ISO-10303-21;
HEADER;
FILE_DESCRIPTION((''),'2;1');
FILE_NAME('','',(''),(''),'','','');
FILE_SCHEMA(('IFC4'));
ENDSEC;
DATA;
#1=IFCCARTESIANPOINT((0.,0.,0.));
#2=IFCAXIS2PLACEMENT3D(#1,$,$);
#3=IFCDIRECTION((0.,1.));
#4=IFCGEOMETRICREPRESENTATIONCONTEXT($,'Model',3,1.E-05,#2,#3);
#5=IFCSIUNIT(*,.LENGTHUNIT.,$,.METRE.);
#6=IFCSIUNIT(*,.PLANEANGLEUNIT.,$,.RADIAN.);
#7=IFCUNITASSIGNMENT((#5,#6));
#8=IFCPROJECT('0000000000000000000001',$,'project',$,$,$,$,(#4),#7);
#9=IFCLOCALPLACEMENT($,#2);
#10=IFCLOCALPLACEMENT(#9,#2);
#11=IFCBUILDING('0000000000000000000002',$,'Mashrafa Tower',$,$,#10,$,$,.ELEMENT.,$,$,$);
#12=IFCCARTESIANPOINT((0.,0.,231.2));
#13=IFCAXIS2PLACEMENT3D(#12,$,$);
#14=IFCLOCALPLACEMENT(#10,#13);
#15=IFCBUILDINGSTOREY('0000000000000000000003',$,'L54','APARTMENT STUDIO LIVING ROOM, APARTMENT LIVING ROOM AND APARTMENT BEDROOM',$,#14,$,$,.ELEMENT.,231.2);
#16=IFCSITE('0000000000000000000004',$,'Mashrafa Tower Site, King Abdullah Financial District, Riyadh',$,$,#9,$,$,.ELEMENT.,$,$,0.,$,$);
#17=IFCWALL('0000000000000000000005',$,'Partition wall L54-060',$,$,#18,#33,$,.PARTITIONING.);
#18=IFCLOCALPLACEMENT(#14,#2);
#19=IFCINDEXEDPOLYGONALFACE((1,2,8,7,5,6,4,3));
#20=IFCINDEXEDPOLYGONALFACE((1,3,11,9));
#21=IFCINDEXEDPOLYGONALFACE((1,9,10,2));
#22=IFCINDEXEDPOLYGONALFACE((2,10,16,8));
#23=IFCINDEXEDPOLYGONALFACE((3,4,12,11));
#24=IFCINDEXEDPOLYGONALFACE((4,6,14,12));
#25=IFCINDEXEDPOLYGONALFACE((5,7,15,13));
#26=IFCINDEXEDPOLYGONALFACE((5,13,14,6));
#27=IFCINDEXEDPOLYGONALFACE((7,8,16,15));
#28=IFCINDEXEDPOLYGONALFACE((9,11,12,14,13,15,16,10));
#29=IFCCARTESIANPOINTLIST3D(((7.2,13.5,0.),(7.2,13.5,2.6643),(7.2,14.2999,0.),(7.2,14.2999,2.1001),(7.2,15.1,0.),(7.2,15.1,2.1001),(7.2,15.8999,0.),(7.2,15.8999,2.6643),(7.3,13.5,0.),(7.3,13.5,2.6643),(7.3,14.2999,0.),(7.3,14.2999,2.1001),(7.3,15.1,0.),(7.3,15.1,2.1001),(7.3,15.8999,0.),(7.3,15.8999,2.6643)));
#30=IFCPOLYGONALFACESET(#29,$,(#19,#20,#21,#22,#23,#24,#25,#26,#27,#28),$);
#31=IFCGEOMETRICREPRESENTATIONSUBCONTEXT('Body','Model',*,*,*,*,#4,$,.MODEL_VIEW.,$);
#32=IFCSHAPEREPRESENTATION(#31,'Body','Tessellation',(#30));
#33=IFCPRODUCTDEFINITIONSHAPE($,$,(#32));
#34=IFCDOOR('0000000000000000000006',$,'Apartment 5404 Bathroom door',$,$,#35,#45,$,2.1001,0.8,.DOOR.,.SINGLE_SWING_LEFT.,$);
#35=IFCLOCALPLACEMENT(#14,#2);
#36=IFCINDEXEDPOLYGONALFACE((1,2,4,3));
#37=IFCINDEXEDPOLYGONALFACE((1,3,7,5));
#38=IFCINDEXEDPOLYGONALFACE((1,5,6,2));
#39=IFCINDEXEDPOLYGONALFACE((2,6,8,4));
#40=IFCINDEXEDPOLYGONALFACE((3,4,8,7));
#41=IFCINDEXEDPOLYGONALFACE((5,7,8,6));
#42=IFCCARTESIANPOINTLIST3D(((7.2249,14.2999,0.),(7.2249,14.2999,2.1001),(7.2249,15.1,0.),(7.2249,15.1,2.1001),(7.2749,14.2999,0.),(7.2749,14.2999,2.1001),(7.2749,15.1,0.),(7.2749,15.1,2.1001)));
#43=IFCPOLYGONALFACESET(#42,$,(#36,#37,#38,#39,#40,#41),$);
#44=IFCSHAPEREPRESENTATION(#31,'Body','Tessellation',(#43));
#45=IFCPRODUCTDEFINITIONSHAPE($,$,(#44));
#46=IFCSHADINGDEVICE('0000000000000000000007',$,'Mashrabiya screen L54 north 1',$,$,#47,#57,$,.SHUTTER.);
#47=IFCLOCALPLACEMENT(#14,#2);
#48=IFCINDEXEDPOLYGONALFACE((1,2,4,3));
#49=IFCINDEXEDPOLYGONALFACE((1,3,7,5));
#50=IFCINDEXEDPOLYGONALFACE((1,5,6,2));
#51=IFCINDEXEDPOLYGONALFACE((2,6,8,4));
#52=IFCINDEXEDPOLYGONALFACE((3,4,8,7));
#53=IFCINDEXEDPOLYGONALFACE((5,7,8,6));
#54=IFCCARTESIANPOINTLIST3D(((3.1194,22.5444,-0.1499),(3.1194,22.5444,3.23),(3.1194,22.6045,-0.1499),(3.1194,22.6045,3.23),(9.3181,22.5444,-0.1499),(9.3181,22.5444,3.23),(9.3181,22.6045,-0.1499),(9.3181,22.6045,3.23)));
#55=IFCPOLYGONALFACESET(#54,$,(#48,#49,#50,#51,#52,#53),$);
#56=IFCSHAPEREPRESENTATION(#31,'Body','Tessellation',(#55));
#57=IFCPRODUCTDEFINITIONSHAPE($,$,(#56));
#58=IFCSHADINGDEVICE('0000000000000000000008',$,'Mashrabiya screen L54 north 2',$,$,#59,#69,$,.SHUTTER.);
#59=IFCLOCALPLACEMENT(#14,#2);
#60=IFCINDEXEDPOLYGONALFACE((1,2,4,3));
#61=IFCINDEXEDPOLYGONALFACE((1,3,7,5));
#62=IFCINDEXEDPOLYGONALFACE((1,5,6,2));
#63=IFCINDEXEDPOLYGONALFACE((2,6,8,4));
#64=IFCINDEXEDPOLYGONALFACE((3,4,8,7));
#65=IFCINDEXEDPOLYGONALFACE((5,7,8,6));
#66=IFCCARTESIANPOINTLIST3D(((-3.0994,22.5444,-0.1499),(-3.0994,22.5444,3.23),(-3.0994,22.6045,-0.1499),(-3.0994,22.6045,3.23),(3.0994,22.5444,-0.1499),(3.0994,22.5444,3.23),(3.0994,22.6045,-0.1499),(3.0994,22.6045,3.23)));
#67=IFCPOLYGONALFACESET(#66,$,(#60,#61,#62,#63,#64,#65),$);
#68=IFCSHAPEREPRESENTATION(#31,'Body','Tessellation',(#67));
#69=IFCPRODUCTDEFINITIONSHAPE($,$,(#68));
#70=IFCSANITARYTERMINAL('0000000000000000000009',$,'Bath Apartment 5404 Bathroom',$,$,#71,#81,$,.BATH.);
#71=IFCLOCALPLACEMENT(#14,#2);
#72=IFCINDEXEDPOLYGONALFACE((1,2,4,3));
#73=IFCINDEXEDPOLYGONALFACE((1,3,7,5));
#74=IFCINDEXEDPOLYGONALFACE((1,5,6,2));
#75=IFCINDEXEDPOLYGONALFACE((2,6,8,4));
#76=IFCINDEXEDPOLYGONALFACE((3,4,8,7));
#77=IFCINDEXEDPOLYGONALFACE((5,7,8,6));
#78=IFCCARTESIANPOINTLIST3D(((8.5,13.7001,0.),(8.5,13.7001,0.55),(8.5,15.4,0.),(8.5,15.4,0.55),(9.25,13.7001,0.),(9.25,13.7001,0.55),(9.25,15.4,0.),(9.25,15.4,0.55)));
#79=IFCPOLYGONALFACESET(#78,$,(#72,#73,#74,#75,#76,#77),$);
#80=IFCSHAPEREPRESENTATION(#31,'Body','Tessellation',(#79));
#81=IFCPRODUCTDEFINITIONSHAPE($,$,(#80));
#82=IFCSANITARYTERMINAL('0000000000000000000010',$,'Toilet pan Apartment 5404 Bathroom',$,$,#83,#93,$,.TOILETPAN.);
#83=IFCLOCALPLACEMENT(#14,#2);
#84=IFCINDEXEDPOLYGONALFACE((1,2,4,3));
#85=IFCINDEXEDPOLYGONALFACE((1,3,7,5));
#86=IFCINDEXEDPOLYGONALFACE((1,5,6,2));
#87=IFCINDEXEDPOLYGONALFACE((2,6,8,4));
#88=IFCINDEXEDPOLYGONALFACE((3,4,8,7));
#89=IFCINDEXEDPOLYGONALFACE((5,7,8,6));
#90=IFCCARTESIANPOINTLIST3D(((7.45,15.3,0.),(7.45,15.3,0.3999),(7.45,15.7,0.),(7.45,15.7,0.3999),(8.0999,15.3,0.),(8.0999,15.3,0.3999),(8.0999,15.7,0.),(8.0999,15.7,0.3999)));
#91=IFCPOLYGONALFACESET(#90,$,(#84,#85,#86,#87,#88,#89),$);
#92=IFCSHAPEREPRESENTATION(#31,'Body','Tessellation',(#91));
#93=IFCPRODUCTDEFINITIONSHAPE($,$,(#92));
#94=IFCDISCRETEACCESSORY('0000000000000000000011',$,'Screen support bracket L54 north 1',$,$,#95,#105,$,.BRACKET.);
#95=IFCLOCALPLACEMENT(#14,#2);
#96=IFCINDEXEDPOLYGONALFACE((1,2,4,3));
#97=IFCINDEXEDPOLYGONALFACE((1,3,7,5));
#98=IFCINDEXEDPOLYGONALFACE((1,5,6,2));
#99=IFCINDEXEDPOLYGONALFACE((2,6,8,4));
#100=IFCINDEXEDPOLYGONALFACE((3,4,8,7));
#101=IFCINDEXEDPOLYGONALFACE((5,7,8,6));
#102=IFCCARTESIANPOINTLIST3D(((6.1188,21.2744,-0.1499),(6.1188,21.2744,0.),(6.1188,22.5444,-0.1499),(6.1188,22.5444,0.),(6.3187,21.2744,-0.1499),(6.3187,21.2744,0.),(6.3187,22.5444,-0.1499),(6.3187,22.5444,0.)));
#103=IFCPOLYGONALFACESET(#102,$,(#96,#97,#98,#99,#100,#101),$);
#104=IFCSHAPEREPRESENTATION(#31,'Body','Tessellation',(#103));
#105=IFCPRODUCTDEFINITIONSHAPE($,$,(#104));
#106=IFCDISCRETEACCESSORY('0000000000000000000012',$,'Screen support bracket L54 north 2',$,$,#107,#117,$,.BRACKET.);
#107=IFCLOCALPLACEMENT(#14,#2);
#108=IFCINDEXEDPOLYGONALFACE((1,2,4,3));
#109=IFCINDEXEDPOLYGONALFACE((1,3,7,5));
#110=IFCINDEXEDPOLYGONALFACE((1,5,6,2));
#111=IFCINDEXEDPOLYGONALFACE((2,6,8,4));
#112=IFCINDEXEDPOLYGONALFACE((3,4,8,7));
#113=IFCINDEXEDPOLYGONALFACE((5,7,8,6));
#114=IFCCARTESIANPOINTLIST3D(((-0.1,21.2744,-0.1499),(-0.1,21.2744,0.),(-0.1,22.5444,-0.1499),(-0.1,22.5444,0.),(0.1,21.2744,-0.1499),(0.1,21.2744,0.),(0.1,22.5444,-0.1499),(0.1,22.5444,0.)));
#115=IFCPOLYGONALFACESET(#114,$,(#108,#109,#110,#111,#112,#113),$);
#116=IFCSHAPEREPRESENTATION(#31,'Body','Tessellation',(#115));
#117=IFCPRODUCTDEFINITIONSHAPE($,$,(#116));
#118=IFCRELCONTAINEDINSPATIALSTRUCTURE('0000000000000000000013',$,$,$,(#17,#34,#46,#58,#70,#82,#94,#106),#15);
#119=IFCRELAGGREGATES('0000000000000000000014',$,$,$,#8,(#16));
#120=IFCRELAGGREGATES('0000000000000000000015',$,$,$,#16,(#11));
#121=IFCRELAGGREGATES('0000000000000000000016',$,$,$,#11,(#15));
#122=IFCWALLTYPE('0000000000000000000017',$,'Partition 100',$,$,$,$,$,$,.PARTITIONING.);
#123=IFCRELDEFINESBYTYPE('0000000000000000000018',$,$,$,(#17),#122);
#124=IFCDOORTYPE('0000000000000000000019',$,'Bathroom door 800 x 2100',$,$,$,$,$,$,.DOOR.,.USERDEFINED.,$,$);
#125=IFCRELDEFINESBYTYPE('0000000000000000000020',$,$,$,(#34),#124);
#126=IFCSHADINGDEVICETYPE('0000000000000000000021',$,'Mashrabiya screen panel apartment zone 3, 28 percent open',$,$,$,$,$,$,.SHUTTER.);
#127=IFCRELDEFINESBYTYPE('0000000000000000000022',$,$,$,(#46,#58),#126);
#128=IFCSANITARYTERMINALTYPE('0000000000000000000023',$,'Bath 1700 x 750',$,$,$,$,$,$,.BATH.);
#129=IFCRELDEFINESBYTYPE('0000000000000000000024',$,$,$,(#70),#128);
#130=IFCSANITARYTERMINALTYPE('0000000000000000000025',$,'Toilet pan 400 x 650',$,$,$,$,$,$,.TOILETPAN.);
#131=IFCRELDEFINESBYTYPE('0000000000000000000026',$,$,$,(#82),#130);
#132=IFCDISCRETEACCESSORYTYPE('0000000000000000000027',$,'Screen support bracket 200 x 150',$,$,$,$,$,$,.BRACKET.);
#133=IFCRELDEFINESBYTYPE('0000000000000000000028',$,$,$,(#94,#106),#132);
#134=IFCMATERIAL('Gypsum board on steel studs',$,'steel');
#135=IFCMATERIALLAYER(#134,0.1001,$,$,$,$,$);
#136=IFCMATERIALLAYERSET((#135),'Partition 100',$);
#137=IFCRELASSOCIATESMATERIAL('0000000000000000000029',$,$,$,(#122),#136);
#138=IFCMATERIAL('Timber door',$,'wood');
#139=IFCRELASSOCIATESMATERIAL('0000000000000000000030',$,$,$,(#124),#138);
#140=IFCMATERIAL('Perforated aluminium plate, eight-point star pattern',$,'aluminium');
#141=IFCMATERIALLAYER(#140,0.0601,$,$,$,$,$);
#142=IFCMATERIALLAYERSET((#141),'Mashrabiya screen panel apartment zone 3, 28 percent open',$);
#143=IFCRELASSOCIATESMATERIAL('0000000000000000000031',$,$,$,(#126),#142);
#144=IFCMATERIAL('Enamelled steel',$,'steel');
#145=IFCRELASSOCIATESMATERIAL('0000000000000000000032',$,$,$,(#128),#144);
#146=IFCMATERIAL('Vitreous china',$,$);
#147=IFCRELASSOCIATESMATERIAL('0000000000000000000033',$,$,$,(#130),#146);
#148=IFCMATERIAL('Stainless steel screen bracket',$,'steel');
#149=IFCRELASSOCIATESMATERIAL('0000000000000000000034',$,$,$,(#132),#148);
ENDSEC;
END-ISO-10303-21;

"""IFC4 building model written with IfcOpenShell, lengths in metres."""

from ifc_helpers import new_model, si_unit, direction, frame, frame_2d, origin, origin_2d, place, context, subcontext, project, spatial, rectangle, extrude, source, transform, mapped, material, layer, layer_set, type_object, type_shapes, element, fill, save


model = new_model("IFC4")

# Units and contexts
model_context = context("Model", 3, precision=1e-05, world=origin(), true_north=direction((0.0, 1.0)))
body_context = subcontext(model_context, "Body", "Model", "MODEL_VIEW")
ifc_project = project(units=[si_unit("LENGTHUNIT", "METRE"), si_unit("PLANEANGLEUNIT", "RADIAN")], contexts=[model_context])

# Site, building, storey
site_placement = place(None, origin())
site = spatial("IfcSite", under=ifc_project, at=site_placement, Name="Mashrafa Tower Site, King Abdullah Financial District, Riyadh", CompositionType="ELEMENT", RefElevation=0.0)
building_placement = place(site_placement, origin())
building = spatial("IfcBuilding", under=site, at=building_placement, Name="Mashrafa Tower", CompositionType="ELEMENT")
storey_placement = place(building_placement, frame((0.0, 0.0, 231.2)))
storey = spatial("IfcBuildingStorey", under=building, at=storey_placement, Name="L54", Description="APARTMENT STUDIO LIVING ROOM, APARTMENT LIVING ROOM AND APARTMENT BEDROOM", CompositionType="ELEMENT", Elevation=231.2)

# Shared definitions
ifc_material_1 = material(Name="Gypsum board on steel studs", Category="steel")
ifc_layer_1 = layer(ifc_material_1, 0.1001)
ifc_layer_set_1 = layer_set([ifc_layer_1], Name="Partition 100")
wall_type_1 = type_object("IfcWallType", Name="Partition 100", PredefinedType="PARTITIONING", material=ifc_layer_set_1)

# Wall, opening, door
wall_1_placement = place(storey_placement, frame((7.25, 15.8999, 0.0), z_axis=(0.0, 0.0, 1.0), x_axis=(0.0, -1.0, 0.0)))
wall_1 = element("IfcWall", 1, at=wall_1_placement, inside=storey, type_object=wall_type_1, Name="Partition wall L54-060", PredefinedType="PARTITIONING", context=body_context, shape_type="SweptSolid", body=[
    extrude(rectangle(XDim=2.3999, YDim=0.1001, at=frame_2d((1.2, 0.0))), origin(), (0.0, 0.0, 1.0), 2.6643),
])
opening_1_placement = place(wall_1_placement, frame((0.8, 0.0, 0.0)))
opening_1 = element("IfcOpeningElement", 2, at=opening_1_placement, cuts=wall_1, PredefinedType="OPENING", context=body_context, shape_type="SweptSolid", body=[
    extrude(rectangle(XDim=0.8, YDim=2.1001, at=frame_2d((0.3999, 1.05))), frame((0.0, 0.0601, 0.0), z_axis=(0.0, -1.0, 0.0), x_axis=(1.0, 0.0, 0.0)), (0.0, 0.0, 1.0), 0.1201),
])
ifc_material_2 = material(Name="Timber door", Category="wood")
door_type_1 = type_object("IfcDoorType", Name="Bathroom door 800 x 2100", OperationType="USERDEFINED", PredefinedType="DOOR", material=ifc_material_2)
door_1_placement = place(opening_1_placement, origin())
door_1 = element("IfcDoor", 3, at=door_1_placement, inside=storey, type_object=door_type_1, Name="Apartment 5404 Bathroom door", OperationType="SINGLE_SWING_LEFT", OverallHeight=2.1001, OverallWidth=0.8, PredefinedType="DOOR", context=body_context, shape_type="SweptSolid", body=[
    extrude(rectangle(XDim=0.8, YDim=2.1001, at=frame_2d((0.3999, 1.05))), frame((0.0, 0.0249, 0.0), z_axis=(0.0, -1.0, 0.0), x_axis=(1.0, 0.0, 0.0)), (0.0, 0.0, 1.0), 0.05),
])
fill(opening_1, door_1)

# Shading devices
ifc_material_3 = material(Name="Perforated aluminium plate, eight-point star pattern", Category="aluminium")
ifc_layer_2 = layer(ifc_material_3, 0.0601)
ifc_layer_set_2 = layer_set([ifc_layer_2], Name="Mashrabiya screen panel apartment zone 3, 28 percent open")
shading_device_type = type_object("IfcShadingDeviceType", Name="Mashrabiya screen panel apartment zone 3, 28 percent open", PredefinedType="SHUTTER", material=ifc_layer_set_2)
shared_shape_1 = source(origin(), body_context, "Body", "SweptSolid", [
    extrude(rectangle(XDim=6.1987, YDim=0.0601, at=origin_2d()), origin(), (0.0, 0.0, 1.0), 3.3799),
])
type_shapes(shading_device_type, [shared_shape_1])
for number, where, z_axis, x_axis, name in (
    (4, (6.2188, 22.5745, -0.1499), (0.0, 0.0, 1.0), (-1.0, 0.0, 0.0), "Mashrabiya screen L54 north 1"),
    (5, (0.0, 22.5745, -0.1499), (0.0, 0.0, 1.0), (-1.0, 0.0, 0.0), "Mashrabiya screen L54 north 2"),
):
    element("IfcShadingDevice", number, at=place(storey_placement, frame(where, z_axis=z_axis, x_axis=x_axis)), inside=storey, type_object=shading_device_type, Name=name, PredefinedType="SHUTTER", context=body_context, shape_type="MappedRepresentation", body=[
        mapped(shared_shape_1, transform((0.0, 0.0, 0.0))),
    ])

# Sanitary terminals
ifc_material_4 = material(Name="Enamelled steel", Category="steel")
sanitary_terminal_type_1 = type_object("IfcSanitaryTerminalType", Name="Bath 1700 x 750", PredefinedType="BATH", material=ifc_material_4)
sanitary_terminal_1_placement = place(storey_placement, frame((8.875, 14.55, 0.0), z_axis=(0.0, 0.0, 1.0), x_axis=(0.0, 1.0, 0.0)))
element("IfcSanitaryTerminal", 6, at=sanitary_terminal_1_placement, inside=storey, type_object=sanitary_terminal_type_1, Name="Bath Apartment 5404 Bathroom", PredefinedType="BATH", context=body_context, shape_type="SweptSolid", body=[
    extrude(rectangle(XDim=1.7, YDim=0.75, at=origin_2d()), origin(), (0.0, 0.0, 1.0), 0.55),
])
ifc_material_5 = material(Name="Vitreous china")
sanitary_terminal_type_2 = type_object("IfcSanitaryTerminalType", Name="Toilet pan 400 x 650", PredefinedType="TOILETPAN", material=ifc_material_5)
sanitary_terminal_2_placement = place(storey_placement, frame((7.7749, 15.5, 0.0), z_axis=(0.0, 0.0, 1.0), x_axis=(0.0, -1.0, 0.0)))
element("IfcSanitaryTerminal", 7, at=sanitary_terminal_2_placement, inside=storey, type_object=sanitary_terminal_type_2, Name="Toilet pan Apartment 5404 Bathroom", PredefinedType="TOILETPAN", context=body_context, shape_type="SweptSolid", body=[
    extrude(rectangle(XDim=0.3999, YDim=0.6499, at=origin_2d()), origin(), (0.0, 0.0, 1.0), 0.3999),
])

# Discrete accessories
ifc_material_6 = material(Name="Stainless steel screen bracket", Category="steel")
discrete_accessory_type = type_object("IfcDiscreteAccessoryType", Name="Screen support bracket 200 x 150", PredefinedType="BRACKET", material=ifc_material_6)
shared_shape_2 = source(origin(), body_context, "Body", "SweptSolid", [
    extrude(rectangle(XDim=0.2, YDim=1.27, at=origin_2d()), origin(), (0.0, 0.0, 1.0), 0.1499),
])
type_shapes(discrete_accessory_type, [shared_shape_2])
for number, where, z_axis, x_axis, name in (
    (8, (6.2188, 21.9094, -0.1499), (0.0, 0.0, 1.0), (-1.0, 0.0, 0.0), "Screen support bracket L54 north 1"),
    (9, (0.0, 21.9094, -0.1499), (0.0, 0.0, 1.0), (-1.0, 0.0, 0.0), "Screen support bracket L54 north 2"),
):
    element("IfcDiscreteAccessory", number, at=place(storey_placement, frame(where, z_axis=z_axis, x_axis=x_axis)), inside=storey, type_object=discrete_accessory_type, Name=name, PredefinedType="BRACKET", context=body_context, shape_type="MappedRepresentation", body=[
        mapped(shared_shape_2, transform((0.0, 0.0, 0.0))),
    ])

save(model, "model.ifc")
